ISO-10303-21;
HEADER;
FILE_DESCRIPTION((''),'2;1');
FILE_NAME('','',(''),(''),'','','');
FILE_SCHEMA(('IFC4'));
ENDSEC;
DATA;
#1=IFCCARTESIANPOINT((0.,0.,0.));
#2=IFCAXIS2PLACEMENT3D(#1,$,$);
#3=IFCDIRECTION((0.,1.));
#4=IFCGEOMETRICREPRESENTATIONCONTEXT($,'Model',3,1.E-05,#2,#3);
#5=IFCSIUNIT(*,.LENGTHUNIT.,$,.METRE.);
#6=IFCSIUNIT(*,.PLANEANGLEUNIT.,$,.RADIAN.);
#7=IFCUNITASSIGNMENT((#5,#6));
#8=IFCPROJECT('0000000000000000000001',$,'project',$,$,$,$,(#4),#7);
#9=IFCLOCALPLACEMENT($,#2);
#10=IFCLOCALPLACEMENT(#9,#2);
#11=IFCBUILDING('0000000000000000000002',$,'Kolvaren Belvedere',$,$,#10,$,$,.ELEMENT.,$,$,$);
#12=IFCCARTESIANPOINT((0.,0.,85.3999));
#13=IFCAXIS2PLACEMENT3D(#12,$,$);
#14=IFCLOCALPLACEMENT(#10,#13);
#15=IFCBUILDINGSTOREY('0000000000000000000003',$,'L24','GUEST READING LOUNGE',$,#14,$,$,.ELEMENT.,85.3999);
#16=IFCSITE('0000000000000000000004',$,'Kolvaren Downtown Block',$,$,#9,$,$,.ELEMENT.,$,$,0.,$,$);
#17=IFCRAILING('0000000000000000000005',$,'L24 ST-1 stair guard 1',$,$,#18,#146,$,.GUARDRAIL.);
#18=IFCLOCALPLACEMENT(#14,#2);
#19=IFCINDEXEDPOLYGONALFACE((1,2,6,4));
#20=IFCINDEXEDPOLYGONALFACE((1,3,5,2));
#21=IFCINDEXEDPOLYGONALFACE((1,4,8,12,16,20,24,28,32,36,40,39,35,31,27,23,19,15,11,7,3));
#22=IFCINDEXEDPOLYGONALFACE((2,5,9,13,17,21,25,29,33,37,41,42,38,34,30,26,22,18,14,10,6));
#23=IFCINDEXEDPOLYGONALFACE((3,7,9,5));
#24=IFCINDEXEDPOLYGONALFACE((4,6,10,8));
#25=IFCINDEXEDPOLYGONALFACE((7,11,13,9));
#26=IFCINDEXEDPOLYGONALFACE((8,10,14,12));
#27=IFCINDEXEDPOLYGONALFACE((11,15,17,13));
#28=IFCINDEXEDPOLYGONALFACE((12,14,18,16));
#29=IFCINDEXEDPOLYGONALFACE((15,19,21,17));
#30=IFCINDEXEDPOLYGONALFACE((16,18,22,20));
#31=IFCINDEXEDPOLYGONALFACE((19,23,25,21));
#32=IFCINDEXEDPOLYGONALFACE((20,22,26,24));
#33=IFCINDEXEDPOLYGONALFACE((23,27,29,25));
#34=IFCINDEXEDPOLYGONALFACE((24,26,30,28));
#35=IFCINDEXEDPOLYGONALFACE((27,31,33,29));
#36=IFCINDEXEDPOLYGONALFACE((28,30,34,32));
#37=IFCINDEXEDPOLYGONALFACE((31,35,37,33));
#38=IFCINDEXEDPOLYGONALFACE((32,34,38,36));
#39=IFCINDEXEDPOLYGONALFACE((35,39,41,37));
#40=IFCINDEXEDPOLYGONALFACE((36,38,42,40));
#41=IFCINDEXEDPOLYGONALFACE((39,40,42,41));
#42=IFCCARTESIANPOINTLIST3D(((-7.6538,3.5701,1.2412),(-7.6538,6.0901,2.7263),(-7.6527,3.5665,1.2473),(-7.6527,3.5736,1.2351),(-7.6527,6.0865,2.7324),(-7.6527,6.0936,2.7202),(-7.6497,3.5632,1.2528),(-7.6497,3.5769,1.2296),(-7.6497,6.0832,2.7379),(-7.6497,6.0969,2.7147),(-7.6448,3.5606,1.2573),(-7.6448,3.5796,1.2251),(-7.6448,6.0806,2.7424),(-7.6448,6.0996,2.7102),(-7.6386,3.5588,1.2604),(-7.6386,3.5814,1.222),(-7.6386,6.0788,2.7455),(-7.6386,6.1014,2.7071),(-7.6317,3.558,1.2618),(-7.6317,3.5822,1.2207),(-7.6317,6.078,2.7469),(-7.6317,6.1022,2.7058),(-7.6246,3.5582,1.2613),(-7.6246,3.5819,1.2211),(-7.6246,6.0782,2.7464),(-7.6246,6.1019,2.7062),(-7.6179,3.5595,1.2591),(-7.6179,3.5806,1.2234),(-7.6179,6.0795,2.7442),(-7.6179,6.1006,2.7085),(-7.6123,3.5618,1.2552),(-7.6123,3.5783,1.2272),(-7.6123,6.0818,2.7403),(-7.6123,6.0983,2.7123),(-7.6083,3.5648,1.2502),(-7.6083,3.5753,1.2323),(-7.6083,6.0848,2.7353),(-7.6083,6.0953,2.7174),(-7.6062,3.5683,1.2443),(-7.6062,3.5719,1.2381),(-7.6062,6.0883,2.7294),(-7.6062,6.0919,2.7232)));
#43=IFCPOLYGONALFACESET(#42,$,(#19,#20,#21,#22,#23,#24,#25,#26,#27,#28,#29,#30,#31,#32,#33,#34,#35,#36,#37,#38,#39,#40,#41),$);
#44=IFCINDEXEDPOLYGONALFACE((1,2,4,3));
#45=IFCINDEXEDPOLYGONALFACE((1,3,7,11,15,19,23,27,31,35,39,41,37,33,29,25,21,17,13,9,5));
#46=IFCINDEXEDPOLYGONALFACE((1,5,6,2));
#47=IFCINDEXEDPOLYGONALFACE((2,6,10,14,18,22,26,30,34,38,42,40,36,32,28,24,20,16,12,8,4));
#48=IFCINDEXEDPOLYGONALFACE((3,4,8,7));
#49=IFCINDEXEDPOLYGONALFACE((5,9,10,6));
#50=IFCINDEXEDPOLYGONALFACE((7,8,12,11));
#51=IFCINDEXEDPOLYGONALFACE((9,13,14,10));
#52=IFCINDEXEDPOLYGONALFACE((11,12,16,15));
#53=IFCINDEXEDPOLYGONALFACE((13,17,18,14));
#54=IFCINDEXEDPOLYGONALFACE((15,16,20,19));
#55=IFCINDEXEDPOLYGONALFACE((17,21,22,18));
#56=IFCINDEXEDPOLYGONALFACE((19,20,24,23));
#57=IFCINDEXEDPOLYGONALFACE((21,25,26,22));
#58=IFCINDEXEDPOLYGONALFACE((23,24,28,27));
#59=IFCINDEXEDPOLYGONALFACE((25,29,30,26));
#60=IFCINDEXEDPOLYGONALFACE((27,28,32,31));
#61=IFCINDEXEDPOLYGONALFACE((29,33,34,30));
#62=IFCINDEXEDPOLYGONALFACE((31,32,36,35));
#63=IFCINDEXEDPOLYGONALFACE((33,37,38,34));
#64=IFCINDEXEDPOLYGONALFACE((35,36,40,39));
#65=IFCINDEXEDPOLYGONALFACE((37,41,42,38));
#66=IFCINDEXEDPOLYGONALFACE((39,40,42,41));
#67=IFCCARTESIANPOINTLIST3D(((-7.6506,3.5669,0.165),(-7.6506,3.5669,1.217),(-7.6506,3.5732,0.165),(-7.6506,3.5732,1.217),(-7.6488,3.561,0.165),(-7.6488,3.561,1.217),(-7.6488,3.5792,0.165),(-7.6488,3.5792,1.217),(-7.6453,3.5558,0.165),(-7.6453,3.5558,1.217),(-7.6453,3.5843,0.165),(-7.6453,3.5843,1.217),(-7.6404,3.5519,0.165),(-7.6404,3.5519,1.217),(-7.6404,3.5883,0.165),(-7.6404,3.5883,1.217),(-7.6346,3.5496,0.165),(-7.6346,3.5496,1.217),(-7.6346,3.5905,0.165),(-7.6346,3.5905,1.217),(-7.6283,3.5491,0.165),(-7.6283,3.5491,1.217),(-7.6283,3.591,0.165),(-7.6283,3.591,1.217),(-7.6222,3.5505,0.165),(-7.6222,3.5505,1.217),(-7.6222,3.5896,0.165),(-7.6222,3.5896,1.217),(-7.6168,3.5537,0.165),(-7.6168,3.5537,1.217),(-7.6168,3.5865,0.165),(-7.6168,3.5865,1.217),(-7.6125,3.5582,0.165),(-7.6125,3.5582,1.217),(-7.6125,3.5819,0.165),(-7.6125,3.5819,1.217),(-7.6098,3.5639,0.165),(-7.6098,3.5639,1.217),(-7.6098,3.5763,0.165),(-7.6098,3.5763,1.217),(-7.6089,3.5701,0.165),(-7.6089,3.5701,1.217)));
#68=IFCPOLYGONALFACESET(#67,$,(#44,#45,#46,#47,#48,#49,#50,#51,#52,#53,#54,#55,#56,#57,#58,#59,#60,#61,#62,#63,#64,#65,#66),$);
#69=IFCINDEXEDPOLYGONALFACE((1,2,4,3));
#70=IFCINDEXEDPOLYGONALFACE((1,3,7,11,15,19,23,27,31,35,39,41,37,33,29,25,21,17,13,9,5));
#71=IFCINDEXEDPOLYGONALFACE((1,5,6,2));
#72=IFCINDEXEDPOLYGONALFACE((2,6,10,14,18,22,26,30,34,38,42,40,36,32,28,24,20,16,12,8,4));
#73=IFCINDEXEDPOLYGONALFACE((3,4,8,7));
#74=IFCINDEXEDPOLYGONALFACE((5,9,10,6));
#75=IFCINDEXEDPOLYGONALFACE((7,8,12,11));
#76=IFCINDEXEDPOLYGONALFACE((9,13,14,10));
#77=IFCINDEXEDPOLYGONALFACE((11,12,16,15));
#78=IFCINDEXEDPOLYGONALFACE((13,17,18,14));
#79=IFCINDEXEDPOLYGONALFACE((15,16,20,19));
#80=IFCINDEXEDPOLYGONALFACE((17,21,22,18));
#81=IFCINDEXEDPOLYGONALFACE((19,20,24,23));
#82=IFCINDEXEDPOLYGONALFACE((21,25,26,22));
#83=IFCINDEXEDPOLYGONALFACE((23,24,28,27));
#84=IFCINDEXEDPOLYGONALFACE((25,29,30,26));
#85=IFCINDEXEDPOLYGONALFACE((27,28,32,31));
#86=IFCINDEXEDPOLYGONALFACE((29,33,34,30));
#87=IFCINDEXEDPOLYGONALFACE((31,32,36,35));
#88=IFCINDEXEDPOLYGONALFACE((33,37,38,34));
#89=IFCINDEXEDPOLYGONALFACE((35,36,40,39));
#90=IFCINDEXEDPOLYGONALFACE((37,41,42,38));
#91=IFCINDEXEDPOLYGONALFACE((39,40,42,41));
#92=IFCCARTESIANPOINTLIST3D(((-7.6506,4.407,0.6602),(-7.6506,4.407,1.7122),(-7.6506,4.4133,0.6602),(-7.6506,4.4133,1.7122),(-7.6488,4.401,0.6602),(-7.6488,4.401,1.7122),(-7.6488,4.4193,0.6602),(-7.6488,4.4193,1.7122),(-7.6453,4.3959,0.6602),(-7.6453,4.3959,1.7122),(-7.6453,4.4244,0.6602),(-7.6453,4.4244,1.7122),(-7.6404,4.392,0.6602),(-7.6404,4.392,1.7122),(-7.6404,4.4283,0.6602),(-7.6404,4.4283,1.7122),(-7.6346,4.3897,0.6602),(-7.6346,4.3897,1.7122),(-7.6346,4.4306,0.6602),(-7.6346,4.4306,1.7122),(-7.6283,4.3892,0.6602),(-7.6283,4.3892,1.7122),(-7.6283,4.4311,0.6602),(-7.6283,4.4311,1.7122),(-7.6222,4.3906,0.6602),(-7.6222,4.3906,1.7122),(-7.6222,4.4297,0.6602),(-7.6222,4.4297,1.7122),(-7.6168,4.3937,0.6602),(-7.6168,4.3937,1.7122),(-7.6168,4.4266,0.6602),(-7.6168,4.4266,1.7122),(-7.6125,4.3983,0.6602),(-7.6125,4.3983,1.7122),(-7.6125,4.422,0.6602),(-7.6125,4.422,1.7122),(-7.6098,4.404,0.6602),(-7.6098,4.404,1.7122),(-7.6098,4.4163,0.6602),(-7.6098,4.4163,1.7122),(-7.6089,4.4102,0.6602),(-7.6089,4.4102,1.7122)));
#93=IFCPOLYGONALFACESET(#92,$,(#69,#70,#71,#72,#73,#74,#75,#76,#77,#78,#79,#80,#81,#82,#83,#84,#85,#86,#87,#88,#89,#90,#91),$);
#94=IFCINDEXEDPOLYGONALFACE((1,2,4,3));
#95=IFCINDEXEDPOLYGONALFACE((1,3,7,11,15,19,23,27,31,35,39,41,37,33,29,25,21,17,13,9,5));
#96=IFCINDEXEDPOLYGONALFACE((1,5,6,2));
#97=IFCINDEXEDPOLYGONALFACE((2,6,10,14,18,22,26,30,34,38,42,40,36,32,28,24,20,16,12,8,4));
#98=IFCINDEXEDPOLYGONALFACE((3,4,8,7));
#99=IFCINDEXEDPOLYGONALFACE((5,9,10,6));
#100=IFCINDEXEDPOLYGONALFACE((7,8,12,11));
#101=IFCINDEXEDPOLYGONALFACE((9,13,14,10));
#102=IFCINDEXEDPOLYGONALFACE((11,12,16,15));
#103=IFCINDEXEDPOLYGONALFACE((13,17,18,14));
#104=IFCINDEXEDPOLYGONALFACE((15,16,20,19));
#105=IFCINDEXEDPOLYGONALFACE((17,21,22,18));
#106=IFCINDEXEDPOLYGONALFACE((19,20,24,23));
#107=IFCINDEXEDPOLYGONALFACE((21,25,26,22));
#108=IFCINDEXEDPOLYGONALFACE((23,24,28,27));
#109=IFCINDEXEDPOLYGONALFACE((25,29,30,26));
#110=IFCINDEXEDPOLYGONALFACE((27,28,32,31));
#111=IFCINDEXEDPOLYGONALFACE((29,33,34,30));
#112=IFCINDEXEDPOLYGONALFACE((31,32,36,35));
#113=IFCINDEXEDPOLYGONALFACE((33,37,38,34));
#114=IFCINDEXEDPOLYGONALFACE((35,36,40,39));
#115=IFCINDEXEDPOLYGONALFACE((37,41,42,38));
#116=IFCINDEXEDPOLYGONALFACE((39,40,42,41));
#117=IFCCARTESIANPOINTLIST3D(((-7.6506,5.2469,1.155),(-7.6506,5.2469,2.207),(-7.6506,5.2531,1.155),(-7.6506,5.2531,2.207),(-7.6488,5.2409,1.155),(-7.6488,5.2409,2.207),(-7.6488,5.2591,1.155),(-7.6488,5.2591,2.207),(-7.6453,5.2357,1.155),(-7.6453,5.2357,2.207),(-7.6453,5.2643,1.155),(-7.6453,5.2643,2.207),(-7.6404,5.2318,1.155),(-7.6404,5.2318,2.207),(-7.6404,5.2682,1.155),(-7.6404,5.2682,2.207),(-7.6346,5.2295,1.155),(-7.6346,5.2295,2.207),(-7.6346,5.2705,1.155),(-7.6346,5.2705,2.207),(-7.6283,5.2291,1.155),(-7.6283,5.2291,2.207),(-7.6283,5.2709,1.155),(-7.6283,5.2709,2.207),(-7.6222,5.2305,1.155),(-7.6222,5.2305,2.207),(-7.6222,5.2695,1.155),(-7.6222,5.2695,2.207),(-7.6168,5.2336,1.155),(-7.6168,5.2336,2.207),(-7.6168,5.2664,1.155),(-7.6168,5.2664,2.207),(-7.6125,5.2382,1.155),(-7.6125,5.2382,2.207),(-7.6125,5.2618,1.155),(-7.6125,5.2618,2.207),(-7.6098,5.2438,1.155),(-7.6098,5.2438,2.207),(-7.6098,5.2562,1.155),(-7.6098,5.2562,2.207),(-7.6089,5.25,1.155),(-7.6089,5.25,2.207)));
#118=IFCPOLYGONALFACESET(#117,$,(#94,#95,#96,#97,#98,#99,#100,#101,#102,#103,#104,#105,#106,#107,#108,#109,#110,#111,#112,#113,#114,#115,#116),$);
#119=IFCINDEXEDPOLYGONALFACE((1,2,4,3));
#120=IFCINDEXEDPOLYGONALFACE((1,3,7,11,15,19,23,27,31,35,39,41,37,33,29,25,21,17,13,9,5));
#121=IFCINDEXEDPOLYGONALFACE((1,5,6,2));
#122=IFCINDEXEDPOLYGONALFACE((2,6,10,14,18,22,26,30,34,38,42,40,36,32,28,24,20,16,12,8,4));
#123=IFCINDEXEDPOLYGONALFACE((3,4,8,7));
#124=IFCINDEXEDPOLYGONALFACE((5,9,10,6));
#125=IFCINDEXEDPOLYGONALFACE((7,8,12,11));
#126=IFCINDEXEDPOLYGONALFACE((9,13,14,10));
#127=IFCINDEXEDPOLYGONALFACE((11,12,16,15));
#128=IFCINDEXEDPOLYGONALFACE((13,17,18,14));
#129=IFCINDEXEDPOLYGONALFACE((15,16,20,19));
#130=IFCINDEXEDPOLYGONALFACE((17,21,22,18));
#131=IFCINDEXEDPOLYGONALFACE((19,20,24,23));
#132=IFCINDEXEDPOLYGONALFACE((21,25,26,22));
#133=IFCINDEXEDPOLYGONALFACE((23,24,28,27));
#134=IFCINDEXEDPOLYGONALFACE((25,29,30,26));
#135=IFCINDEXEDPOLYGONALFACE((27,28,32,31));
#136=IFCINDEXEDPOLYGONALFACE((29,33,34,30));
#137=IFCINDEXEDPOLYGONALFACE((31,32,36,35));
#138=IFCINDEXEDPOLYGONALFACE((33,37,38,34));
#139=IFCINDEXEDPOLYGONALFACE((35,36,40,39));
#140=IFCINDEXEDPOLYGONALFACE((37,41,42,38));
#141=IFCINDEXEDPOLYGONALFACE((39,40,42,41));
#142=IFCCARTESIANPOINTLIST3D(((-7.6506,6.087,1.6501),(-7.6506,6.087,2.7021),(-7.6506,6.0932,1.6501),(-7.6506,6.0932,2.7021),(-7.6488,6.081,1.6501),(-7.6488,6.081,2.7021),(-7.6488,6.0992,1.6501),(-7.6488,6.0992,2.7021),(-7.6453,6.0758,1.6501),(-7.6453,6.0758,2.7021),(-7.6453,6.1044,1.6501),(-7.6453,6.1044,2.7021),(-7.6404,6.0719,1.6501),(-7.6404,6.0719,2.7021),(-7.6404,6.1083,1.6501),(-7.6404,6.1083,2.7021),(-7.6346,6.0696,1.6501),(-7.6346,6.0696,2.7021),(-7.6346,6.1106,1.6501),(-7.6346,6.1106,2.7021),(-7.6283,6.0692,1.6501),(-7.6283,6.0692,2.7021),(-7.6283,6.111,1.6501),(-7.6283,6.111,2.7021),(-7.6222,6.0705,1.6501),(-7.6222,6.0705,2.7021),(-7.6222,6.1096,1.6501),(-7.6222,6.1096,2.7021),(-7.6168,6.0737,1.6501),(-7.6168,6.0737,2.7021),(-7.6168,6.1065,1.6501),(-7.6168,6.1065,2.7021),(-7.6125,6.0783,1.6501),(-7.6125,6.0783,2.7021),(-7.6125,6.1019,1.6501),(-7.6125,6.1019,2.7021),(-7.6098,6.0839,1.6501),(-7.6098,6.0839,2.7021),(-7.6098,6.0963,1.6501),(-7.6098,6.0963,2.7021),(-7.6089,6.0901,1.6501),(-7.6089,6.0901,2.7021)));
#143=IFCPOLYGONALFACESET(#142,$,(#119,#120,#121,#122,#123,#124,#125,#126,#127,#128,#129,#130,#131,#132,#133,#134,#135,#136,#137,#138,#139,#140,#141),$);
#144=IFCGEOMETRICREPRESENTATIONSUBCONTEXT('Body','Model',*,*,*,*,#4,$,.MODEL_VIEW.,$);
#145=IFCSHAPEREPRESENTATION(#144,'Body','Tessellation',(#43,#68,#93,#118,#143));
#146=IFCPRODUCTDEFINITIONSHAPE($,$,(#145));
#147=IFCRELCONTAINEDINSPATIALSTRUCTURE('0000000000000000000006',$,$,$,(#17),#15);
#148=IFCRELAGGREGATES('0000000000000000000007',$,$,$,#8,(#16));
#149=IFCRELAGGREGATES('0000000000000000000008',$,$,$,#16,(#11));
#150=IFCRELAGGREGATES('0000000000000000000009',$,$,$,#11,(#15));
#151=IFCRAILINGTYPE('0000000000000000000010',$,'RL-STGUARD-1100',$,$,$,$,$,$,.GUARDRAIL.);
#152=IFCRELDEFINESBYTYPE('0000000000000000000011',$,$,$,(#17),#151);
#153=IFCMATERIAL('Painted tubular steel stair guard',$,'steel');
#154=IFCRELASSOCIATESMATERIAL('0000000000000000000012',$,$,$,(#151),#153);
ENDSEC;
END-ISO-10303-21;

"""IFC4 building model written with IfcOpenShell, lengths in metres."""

from ifc_helpers import new_model, si_unit, direction, frame, origin, origin_2d, place, context, subcontext, project, spatial, circle, extrude, material, type_object, element, save


model = new_model("IFC4")

# Units and contexts
model_context = context("Model", 3, precision=1e-05, world=origin(), true_north=direction((0.0, 1.0)))
body_context = subcontext(model_context, "Body", "Model", "MODEL_VIEW")
ifc_project = project(units=[si_unit("LENGTHUNIT", "METRE"), si_unit("PLANEANGLEUNIT", "RADIAN")], contexts=[model_context])

# Site, building, storey
site_placement = place(None, origin())
site = spatial("IfcSite", under=ifc_project, at=site_placement, Name="Kolvaren Downtown Block", CompositionType="ELEMENT", RefElevation=0.0)
building_placement = place(site_placement, origin())
building = spatial("IfcBuilding", under=site, at=building_placement, Name="Kolvaren Belvedere", CompositionType="ELEMENT")
storey_placement = place(building_placement, frame((0.0, 0.0, 85.3999)))
storey = spatial("IfcBuildingStorey", under=building, at=storey_placement, Name="L24", Description="GUEST READING LOUNGE", CompositionType="ELEMENT", Elevation=85.3999)

# Railing
ifc_material_1 = material(Name="Painted tubular steel stair guard", Category="steel")
railing_type_1 = type_object("IfcRailingType", Name="RL-STGUARD-1100", PredefinedType="GUARDRAIL", material=ifc_material_1)
railing_1_placement = place(storey_placement, frame((-7.6299, 3.5701, 0.165)))
element("IfcRailing", 1, at=railing_1_placement, inside=storey, type_object=railing_type_1, Name="L24 ST-1 stair guard 1", PredefinedType="GUARDRAIL", context=body_context, shape_type="SweptSolid", body=[
    extrude(circle(Radius=0.0239, at=origin_2d()), frame((0.0, 0.0, 1.0762), z_axis=(0.0, 0.861524, 0.507717), x_axis=(-1.0, 0.0, 0.0)), (0.0, 0.0, 1.0), 2.925),
    extrude(circle(Radius=0.021, at=origin_2d()), origin(), (0.0, 0.0, 1.0), 1.052),
    extrude(circle(Radius=0.021, at=origin_2d()), frame((0.0, 0.8401, 0.4951)), (0.0, 0.0, 1.0), 1.052),
    extrude(circle(Radius=0.021, at=origin_2d()), frame((0.0, 1.6799, 0.99)), (0.0, 0.0, 1.0), 1.052),
    extrude(circle(Radius=0.021, at=origin_2d()), frame((0.0, 2.52, 1.4851)), (0.0, 0.0, 1.0), 1.052),
])

save(model, "model.ifc")
